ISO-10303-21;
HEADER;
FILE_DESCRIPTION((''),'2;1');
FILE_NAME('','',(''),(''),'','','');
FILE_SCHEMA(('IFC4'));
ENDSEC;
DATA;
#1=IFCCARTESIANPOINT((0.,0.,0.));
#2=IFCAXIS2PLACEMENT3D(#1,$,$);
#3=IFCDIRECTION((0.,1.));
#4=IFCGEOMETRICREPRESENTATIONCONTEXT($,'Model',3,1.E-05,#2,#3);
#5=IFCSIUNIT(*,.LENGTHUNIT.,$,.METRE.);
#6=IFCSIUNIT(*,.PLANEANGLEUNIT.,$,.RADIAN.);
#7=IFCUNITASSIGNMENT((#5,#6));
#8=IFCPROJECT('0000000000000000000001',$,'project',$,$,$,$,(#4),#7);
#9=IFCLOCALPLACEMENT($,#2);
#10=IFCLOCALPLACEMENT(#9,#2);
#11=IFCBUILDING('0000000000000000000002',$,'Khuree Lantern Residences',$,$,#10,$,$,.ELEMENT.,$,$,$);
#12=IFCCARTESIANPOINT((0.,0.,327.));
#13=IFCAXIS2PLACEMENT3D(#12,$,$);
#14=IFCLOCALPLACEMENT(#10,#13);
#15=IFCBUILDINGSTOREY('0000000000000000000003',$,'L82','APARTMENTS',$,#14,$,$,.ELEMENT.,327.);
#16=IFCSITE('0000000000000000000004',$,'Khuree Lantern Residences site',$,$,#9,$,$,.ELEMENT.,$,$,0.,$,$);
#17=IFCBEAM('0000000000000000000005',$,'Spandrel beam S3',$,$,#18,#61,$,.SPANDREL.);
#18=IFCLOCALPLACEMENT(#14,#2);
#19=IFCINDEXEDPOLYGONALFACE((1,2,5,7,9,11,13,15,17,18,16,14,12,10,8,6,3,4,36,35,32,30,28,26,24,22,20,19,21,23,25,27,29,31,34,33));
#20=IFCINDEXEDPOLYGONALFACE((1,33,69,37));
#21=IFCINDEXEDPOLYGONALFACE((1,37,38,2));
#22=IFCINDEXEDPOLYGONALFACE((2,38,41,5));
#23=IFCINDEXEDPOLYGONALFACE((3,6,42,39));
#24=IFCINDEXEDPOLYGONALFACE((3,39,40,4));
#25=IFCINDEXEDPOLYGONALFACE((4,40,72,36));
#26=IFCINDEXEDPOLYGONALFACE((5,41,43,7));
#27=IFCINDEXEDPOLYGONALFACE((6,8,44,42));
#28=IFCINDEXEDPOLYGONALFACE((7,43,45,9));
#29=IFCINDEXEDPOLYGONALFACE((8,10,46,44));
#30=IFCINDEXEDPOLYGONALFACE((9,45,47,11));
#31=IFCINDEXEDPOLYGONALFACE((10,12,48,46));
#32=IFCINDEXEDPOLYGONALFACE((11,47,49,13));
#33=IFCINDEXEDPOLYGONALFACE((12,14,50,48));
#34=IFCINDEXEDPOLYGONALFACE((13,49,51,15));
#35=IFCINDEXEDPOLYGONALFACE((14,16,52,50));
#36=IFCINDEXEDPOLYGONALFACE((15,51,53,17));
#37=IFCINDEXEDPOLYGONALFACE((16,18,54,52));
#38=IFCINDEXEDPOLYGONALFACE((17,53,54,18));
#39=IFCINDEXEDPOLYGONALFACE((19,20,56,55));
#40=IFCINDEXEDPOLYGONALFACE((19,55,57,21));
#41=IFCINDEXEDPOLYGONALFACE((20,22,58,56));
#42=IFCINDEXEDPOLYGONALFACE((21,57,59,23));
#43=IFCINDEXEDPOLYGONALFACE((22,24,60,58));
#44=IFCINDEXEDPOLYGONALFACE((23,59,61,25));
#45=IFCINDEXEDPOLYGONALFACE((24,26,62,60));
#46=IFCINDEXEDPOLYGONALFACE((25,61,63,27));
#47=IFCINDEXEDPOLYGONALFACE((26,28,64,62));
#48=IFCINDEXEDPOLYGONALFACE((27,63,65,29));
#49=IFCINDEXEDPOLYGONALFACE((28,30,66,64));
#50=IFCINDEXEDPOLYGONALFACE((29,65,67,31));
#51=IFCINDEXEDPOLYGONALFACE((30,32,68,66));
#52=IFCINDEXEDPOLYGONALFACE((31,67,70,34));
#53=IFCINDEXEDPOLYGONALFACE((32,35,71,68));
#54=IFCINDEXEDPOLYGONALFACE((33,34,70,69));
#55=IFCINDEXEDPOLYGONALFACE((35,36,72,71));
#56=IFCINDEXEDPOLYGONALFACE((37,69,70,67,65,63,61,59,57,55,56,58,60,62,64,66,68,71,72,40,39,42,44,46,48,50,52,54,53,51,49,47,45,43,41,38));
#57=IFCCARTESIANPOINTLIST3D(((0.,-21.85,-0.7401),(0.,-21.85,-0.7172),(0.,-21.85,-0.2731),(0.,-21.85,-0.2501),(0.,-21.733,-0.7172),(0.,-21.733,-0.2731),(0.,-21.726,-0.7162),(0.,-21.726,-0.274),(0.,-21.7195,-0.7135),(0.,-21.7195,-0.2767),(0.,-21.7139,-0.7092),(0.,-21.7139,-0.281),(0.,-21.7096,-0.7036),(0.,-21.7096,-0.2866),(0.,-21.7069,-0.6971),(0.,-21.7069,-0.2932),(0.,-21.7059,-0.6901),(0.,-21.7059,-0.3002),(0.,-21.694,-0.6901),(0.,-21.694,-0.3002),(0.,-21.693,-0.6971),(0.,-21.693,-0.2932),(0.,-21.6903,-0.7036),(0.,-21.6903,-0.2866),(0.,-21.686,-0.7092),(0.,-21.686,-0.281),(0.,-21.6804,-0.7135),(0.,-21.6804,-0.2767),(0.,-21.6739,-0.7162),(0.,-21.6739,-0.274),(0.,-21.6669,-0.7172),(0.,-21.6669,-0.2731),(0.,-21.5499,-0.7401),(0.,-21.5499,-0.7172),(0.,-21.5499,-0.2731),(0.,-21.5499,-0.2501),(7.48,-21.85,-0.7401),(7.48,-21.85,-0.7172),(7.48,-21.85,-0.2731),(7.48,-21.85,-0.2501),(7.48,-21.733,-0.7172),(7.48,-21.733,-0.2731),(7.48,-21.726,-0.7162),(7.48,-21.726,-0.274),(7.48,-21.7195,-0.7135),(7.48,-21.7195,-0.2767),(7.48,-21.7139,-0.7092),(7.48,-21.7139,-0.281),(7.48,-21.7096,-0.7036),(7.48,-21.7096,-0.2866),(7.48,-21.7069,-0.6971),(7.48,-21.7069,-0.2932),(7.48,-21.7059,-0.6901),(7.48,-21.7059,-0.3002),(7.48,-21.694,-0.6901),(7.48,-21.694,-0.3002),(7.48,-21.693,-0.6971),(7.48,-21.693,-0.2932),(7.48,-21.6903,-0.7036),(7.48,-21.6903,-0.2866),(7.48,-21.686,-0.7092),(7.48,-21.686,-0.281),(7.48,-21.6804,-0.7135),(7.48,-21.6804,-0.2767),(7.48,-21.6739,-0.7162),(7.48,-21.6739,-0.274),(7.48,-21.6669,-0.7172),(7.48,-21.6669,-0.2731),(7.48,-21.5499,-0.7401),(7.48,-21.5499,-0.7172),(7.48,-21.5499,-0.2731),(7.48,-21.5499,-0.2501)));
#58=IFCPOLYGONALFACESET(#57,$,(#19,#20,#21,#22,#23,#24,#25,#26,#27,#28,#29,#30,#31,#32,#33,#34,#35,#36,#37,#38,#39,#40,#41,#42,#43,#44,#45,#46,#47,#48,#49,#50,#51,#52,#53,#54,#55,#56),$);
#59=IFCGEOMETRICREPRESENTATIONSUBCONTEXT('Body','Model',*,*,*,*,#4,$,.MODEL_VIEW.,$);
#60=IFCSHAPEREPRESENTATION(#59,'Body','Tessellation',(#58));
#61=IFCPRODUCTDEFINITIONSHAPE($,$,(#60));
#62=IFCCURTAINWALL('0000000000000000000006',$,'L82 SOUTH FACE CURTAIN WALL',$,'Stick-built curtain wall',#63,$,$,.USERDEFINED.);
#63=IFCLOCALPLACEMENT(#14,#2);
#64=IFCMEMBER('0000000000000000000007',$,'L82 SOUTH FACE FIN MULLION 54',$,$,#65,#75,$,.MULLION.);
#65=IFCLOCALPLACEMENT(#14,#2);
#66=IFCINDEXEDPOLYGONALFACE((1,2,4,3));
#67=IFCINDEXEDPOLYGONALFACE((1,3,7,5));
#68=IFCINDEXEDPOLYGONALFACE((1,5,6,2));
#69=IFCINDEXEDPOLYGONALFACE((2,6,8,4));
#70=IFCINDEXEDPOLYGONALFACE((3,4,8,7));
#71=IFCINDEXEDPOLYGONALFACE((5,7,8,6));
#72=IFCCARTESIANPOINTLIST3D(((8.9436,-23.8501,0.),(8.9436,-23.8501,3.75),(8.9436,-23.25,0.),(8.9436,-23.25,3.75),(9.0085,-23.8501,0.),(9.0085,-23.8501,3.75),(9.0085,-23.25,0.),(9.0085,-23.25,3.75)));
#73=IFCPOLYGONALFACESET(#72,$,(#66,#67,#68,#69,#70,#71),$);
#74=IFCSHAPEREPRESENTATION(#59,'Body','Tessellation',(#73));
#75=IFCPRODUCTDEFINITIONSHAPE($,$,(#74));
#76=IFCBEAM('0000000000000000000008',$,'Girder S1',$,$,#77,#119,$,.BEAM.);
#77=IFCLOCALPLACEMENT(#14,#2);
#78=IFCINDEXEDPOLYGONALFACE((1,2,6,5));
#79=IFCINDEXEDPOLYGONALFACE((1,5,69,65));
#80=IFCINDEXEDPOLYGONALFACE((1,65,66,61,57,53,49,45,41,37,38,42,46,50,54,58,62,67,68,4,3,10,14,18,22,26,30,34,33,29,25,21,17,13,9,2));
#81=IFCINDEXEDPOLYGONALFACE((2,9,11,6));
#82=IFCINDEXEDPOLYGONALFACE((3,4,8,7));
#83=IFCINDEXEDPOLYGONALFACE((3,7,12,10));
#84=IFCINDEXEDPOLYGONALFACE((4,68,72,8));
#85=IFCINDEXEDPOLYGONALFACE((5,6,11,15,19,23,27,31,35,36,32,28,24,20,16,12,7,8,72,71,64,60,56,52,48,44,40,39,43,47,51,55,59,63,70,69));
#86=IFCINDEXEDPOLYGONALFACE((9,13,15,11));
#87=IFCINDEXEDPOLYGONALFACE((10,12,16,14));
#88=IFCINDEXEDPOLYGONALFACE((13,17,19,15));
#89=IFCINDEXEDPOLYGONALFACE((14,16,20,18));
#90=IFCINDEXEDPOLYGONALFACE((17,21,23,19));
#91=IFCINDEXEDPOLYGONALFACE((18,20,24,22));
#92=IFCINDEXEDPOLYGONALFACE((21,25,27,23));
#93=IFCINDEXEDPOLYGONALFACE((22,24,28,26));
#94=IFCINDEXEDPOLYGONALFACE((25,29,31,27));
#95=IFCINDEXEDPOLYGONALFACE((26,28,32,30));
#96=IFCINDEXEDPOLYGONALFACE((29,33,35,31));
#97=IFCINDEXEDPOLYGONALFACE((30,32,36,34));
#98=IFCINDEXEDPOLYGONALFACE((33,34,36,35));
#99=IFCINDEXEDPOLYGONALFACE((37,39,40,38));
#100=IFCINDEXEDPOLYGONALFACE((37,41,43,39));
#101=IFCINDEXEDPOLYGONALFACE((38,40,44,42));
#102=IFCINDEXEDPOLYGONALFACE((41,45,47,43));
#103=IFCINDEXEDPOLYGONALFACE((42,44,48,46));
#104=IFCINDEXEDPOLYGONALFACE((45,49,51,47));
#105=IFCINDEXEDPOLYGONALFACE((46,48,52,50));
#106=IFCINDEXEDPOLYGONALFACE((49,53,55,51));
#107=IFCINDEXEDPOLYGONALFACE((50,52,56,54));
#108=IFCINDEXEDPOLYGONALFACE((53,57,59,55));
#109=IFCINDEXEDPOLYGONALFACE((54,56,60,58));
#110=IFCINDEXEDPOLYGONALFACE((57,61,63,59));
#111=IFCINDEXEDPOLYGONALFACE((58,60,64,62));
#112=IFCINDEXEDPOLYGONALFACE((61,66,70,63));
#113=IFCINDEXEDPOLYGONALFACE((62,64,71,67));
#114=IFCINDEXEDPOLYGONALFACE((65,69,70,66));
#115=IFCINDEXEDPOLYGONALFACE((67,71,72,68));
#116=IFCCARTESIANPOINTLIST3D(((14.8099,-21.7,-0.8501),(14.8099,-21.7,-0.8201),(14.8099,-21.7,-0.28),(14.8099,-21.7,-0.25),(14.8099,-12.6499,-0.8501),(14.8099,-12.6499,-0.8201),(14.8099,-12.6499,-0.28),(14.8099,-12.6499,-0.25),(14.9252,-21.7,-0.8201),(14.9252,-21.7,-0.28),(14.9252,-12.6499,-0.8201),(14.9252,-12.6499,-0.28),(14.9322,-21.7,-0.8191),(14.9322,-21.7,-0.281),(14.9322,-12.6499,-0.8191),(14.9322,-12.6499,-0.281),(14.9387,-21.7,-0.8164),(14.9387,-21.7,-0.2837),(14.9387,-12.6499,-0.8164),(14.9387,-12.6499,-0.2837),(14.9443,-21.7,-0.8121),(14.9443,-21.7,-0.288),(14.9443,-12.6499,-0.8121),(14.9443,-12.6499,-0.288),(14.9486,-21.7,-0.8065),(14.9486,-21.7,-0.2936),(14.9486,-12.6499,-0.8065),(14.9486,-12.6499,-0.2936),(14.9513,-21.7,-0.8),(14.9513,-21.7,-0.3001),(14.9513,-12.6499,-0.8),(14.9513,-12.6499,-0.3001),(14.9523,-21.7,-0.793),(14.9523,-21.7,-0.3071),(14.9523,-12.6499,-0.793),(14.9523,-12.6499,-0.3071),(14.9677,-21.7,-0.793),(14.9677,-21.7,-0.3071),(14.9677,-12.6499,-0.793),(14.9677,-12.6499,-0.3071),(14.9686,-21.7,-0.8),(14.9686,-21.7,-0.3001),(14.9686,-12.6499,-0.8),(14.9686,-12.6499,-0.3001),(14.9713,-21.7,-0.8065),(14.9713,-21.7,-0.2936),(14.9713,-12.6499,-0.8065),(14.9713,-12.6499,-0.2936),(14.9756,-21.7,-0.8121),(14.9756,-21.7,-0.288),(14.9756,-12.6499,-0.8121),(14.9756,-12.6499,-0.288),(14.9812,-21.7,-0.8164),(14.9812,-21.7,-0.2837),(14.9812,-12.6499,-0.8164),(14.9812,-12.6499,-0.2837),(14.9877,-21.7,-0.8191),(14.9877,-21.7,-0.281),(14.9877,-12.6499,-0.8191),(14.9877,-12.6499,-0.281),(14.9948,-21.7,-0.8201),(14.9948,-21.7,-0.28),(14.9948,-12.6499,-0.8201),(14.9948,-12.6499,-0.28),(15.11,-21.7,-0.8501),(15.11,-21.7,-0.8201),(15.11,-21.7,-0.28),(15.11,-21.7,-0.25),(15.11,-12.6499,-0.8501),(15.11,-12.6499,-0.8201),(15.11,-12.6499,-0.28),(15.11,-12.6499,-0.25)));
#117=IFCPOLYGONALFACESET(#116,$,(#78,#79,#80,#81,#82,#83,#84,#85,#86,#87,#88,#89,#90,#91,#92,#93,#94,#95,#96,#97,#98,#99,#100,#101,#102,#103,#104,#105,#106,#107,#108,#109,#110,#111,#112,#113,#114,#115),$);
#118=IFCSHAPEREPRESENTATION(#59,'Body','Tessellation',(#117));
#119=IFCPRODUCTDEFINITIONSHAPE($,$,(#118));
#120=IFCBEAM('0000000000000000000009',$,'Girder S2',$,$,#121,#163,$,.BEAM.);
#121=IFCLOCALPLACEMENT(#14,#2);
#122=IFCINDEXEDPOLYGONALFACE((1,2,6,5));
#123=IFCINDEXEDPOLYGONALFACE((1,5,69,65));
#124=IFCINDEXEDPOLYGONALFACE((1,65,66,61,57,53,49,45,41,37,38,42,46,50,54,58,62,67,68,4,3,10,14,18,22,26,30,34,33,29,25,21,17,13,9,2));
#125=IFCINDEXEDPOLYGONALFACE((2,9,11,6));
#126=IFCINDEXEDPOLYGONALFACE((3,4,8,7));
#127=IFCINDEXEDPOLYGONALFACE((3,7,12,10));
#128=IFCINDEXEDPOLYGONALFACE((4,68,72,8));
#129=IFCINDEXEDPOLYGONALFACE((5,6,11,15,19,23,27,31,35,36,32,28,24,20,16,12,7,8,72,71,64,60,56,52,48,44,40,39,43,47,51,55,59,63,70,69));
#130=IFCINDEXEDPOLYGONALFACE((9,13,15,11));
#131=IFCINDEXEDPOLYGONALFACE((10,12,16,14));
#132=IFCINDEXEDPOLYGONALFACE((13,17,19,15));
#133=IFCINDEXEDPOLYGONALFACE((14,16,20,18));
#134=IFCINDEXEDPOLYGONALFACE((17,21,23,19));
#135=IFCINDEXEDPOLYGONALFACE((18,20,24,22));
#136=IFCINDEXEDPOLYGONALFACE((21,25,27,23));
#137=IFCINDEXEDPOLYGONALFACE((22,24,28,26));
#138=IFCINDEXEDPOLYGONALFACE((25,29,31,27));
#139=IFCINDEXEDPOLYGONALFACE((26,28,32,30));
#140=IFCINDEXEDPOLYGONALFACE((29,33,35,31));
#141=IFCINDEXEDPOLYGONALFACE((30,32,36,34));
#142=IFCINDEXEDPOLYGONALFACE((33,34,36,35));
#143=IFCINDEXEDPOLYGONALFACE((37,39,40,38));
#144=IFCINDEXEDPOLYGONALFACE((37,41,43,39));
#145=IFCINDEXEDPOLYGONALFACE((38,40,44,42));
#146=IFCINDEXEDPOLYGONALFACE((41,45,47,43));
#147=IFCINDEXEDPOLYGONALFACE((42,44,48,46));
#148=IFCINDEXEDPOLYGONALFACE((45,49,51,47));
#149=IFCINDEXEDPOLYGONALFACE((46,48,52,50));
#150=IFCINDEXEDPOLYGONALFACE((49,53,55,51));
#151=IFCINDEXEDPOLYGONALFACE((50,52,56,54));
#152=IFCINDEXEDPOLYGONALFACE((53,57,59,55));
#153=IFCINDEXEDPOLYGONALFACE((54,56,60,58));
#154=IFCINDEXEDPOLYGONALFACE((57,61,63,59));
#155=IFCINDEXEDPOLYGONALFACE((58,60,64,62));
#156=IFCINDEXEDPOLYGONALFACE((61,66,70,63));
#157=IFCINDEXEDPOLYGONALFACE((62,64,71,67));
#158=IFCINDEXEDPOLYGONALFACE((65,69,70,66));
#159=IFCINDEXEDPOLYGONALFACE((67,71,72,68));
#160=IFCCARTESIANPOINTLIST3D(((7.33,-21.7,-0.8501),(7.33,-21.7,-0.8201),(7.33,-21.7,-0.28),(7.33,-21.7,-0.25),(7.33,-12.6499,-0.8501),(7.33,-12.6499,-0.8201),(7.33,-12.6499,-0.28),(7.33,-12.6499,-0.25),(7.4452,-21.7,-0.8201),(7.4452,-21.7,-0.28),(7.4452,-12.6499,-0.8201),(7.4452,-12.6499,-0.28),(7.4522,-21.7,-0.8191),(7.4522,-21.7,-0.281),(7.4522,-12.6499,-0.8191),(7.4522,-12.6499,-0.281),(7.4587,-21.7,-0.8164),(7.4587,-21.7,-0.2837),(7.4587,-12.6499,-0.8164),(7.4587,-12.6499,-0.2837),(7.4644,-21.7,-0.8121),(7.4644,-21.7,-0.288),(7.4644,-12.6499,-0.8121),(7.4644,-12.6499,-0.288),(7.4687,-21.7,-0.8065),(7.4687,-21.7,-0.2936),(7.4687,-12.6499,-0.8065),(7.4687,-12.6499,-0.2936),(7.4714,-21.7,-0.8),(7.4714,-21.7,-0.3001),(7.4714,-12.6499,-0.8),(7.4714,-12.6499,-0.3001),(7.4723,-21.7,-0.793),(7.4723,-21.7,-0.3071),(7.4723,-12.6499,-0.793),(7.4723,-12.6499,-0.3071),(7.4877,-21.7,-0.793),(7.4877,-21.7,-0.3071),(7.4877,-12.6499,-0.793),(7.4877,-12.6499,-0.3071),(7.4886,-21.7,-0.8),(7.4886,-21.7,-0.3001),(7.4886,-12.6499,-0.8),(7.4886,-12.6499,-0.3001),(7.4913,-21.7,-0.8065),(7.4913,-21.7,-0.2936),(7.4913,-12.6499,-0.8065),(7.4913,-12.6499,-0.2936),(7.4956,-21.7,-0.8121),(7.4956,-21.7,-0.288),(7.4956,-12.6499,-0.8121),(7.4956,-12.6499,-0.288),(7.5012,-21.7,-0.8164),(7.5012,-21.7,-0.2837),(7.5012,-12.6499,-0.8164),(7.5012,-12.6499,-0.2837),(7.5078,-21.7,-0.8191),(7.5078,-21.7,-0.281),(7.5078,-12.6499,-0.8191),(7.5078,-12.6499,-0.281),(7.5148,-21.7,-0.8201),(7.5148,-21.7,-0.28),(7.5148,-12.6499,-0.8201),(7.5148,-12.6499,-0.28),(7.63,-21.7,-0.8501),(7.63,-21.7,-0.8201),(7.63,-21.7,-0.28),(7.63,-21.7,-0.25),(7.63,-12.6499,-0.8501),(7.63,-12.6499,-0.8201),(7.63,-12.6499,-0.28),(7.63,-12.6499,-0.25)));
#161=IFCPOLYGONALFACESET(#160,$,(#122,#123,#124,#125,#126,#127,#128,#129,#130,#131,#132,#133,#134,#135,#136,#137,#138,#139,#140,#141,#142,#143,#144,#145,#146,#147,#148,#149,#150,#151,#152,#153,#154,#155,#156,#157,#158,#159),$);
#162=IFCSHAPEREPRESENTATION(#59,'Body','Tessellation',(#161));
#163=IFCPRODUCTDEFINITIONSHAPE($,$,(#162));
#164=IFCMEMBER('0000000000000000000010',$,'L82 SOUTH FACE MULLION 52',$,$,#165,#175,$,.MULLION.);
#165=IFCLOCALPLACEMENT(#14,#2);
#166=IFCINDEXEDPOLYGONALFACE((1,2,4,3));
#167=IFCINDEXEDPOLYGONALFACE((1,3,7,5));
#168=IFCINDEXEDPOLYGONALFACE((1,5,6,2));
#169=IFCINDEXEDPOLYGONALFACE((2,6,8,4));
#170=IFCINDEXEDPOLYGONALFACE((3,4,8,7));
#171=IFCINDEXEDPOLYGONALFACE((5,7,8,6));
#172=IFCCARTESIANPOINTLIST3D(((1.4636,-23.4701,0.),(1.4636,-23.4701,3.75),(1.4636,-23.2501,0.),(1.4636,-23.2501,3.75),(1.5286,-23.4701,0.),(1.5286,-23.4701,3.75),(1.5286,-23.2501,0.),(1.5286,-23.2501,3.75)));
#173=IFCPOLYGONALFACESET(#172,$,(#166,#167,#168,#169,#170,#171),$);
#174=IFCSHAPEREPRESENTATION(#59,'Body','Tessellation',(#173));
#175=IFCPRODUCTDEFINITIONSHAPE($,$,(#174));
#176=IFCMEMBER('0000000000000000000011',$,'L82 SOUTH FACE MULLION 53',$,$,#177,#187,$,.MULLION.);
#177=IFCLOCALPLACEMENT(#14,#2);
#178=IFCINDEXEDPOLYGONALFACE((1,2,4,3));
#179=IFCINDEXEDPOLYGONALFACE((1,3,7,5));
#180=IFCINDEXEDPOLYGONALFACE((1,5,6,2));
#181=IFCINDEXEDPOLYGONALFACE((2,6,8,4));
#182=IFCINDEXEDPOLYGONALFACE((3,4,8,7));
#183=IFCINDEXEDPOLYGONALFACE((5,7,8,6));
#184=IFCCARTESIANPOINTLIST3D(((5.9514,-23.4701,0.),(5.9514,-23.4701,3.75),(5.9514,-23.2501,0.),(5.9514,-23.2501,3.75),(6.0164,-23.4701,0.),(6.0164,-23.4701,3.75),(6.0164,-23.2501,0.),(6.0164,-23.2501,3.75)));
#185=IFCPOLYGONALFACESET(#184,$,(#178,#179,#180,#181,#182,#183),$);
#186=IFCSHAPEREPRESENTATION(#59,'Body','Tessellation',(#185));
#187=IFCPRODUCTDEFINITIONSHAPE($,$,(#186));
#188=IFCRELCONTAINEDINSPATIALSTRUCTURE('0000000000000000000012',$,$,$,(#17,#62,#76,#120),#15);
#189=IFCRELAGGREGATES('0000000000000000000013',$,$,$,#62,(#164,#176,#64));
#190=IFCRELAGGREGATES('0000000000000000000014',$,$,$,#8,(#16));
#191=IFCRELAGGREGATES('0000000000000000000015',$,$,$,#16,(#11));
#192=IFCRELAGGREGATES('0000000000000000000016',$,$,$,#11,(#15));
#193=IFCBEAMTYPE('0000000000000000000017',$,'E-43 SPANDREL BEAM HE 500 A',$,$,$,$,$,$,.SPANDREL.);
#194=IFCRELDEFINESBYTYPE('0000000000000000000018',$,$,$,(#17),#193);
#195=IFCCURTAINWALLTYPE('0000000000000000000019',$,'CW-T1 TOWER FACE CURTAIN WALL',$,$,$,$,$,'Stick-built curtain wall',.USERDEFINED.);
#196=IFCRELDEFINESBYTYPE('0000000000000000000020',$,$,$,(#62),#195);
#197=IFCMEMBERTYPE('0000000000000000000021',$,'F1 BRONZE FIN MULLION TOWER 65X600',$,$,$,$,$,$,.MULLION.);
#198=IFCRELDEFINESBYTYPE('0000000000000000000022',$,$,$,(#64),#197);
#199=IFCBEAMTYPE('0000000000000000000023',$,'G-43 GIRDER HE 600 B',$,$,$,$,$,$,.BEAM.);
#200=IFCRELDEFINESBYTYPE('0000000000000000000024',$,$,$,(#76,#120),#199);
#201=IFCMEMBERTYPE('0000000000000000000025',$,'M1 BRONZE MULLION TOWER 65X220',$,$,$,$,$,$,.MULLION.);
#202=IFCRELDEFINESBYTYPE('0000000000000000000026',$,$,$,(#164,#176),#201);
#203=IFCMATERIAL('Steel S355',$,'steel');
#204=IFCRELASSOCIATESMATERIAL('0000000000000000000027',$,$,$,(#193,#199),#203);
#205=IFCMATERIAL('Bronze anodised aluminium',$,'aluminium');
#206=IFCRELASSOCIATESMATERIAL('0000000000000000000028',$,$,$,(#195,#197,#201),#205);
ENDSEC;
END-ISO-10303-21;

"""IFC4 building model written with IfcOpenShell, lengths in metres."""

from ifc_helpers import new_model, si_unit, direction, frame, origin, origin_2d, place, context, subcontext, project, spatial, rectangle, i_section, extrude, material, material_profile, profile_set, type_object, element, aggregate, save


model = new_model("IFC4")

# Units and contexts
model_context = context("Model", 3, precision=1e-05, world=origin(), true_north=direction((0.0, 1.0)))
body_context = subcontext(model_context, "Body", "Model", "MODEL_VIEW")
ifc_project = project(units=[si_unit("LENGTHUNIT", "METRE"), si_unit("PLANEANGLEUNIT", "RADIAN")], contexts=[model_context])

# Site, building, storey
site_placement = place(None, origin())
site = spatial("IfcSite", under=ifc_project, at=site_placement, Name="Khuree Lantern Residences site", CompositionType="ELEMENT", RefElevation=0.0)
building_placement = place(site_placement, origin())
building = spatial("IfcBuilding", under=site, at=building_placement, Name="Khuree Lantern Residences", CompositionType="ELEMENT")
storey_placement = place(building_placement, frame((0.0, 0.0, 327.0)))
storey = spatial("IfcBuildingStorey", under=building, at=storey_placement, Name="L82", Description="APARTMENTS", CompositionType="ELEMENT", Elevation=327.0)

# Beam
ifc_material_1 = material(Name="Steel S355", Category="steel")
ifc_material_profile_1 = material_profile(ifc_material_1, i_section(OverallWidth=0.3, OverallDepth=0.49, WebThickness=0.012, FlangeThickness=0.0229, FilletRadius=0.0271, at=origin_2d()), Name="HE 500 A")
ifc_profile_set_1 = profile_set([ifc_material_profile_1], Name="Steel S355")
beam_type_1 = type_object("IfcBeamType", Name="E-43 SPANDREL BEAM HE 500 A", PredefinedType="SPANDREL", material=ifc_profile_set_1)
for number, where, z_axis, x_axis, name in (
    (1, (7.48, -21.7, -0.4951), (-1.0, 0.0, 0.0), (0.0, -1.0, 0.0), "Spandrel beam S3"),
):
    element("IfcBeam", number, at=place(storey_placement, frame(where, z_axis=z_axis, x_axis=x_axis)), inside=storey, type_object=beam_type_1, Name=name, PredefinedType="SPANDREL", context=body_context, shape_type="SweptSolid", body=[
        extrude(i_section(OverallWidth=0.3, OverallDepth=0.49, WebThickness=0.012, FlangeThickness=0.0229, FilletRadius=0.0271, at=origin_2d()), origin(), (0.0, 0.0, 1.0), 7.48),
    ])

# Curtain wall, member
ifc_material_2 = material(Name="Bronze anodised aluminium", Category="aluminium")
curtain_wall_type = type_object("IfcCurtainWallType", Name="CW-T1 TOWER FACE CURTAIN WALL", ElementType="Stick-built curtain wall", PredefinedType="USERDEFINED", material=ifc_material_2)
curtain_wall_placement = place(storey_placement, origin())
curtain_wall = element("IfcCurtainWall", 2, at=curtain_wall_placement, inside=storey, type_object=curtain_wall_type, Name="L82 SOUTH FACE CURTAIN WALL", ObjectType="Stick-built curtain wall", PredefinedType="USERDEFINED")
ifc_material_profile_2 = material_profile(ifc_material_2, rectangle(XDim=0.0649, YDim=0.6001, at=origin_2d()), Name="F1 65X600")
ifc_profile_set_2 = profile_set([ifc_material_profile_2], Name="Bronze anodised aluminium")
member_type_1 = type_object("IfcMemberType", Name="F1 BRONZE FIN MULLION TOWER 65X600", PredefinedType="MULLION", material=ifc_profile_set_2)
member_1_placement = place(storey_placement, frame((8.9761, -23.55, 0.0), z_axis=(0.0, 0.0, 1.0), x_axis=(1.0, 0.0, 0.0)))
member_1 = element("IfcMember", 3, at=member_1_placement, type_object=member_type_1, Name="L82 SOUTH FACE FIN MULLION 54", PredefinedType="MULLION", context=body_context, shape_type="SweptSolid", body=[
    extrude(rectangle(XDim=0.0649, YDim=0.6001, at=origin_2d()), origin(), (0.0, 0.0, 1.0), 3.75),
])

# Beams
ifc_material_profile_3 = material_profile(ifc_material_1, i_section(OverallWidth=0.3, OverallDepth=0.6001, WebThickness=0.0154, FlangeThickness=0.03, FilletRadius=0.0271, at=origin_2d()), Name="HE 600 B")
ifc_profile_set_3 = profile_set([ifc_material_profile_3], Name="Steel S355")
beam_type_2 = type_object("IfcBeamType", Name="G-43 GIRDER HE 600 B", PredefinedType="BEAM", material=ifc_profile_set_3)
for number, where, z_axis, x_axis, name in (
    (4, (14.96, -21.7, -0.55), (0.0, 1.0, 0.0), (-1.0, 0.0, 0.0), "Girder S1"),
    (5, (7.48, -21.7, -0.55), (0.0, 1.0, 0.0), (-1.0, 0.0, 0.0), "Girder S2"),
):
    element("IfcBeam", number, at=place(storey_placement, frame(where, z_axis=z_axis, x_axis=x_axis)), inside=storey, type_object=beam_type_2, Name=name, PredefinedType="BEAM", context=body_context, shape_type="SweptSolid", body=[
        extrude(i_section(OverallWidth=0.3, OverallDepth=0.6001, WebThickness=0.0154, FlangeThickness=0.03, FilletRadius=0.0271, at=origin_2d()), origin(), (0.0, 0.0, 1.0), 9.05),
    ])

# Members
ifc_material_profile_4 = material_profile(ifc_material_2, rectangle(XDim=0.0649, YDim=0.22, at=origin_2d()), Name="M1 65X220")
ifc_profile_set_4 = profile_set([ifc_material_profile_4], Name="Bronze anodised aluminium")
member_type_2 = type_object("IfcMemberType", Name="M1 BRONZE MULLION TOWER 65X220", PredefinedType="MULLION", material=ifc_profile_set_4)
member_2_placement = place(storey_placement, frame((1.4961, -23.3601, 0.0), z_axis=(0.0, 0.0, 1.0), x_axis=(1.0, 0.0, 0.0)))
member_2 = element("IfcMember", 6, at=member_2_placement, type_object=member_type_2, Name="L82 SOUTH FACE MULLION 52", PredefinedType="MULLION", context=body_context, shape_type="SweptSolid", body=[
    extrude(rectangle(XDim=0.0649, YDim=0.22, at=origin_2d()), origin(), (0.0, 0.0, 1.0), 3.75),
])
member_3_placement = place(storey_placement, frame((5.9839, -23.3601, 0.0), z_axis=(0.0, 0.0, 1.0), x_axis=(1.0, 0.0, 0.0)))
member_3 = element("IfcMember", 7, at=member_3_placement, type_object=member_type_2, Name="L82 SOUTH FACE MULLION 53", PredefinedType="MULLION", context=body_context, shape_type="SweptSolid", body=[
    extrude(rectangle(XDim=0.0649, YDim=0.22, at=origin_2d()), origin(), (0.0, 0.0, 1.0), 3.75),
])

aggregate(curtain_wall, [member_2, member_3, member_1])

save(model, "model.ifc")
